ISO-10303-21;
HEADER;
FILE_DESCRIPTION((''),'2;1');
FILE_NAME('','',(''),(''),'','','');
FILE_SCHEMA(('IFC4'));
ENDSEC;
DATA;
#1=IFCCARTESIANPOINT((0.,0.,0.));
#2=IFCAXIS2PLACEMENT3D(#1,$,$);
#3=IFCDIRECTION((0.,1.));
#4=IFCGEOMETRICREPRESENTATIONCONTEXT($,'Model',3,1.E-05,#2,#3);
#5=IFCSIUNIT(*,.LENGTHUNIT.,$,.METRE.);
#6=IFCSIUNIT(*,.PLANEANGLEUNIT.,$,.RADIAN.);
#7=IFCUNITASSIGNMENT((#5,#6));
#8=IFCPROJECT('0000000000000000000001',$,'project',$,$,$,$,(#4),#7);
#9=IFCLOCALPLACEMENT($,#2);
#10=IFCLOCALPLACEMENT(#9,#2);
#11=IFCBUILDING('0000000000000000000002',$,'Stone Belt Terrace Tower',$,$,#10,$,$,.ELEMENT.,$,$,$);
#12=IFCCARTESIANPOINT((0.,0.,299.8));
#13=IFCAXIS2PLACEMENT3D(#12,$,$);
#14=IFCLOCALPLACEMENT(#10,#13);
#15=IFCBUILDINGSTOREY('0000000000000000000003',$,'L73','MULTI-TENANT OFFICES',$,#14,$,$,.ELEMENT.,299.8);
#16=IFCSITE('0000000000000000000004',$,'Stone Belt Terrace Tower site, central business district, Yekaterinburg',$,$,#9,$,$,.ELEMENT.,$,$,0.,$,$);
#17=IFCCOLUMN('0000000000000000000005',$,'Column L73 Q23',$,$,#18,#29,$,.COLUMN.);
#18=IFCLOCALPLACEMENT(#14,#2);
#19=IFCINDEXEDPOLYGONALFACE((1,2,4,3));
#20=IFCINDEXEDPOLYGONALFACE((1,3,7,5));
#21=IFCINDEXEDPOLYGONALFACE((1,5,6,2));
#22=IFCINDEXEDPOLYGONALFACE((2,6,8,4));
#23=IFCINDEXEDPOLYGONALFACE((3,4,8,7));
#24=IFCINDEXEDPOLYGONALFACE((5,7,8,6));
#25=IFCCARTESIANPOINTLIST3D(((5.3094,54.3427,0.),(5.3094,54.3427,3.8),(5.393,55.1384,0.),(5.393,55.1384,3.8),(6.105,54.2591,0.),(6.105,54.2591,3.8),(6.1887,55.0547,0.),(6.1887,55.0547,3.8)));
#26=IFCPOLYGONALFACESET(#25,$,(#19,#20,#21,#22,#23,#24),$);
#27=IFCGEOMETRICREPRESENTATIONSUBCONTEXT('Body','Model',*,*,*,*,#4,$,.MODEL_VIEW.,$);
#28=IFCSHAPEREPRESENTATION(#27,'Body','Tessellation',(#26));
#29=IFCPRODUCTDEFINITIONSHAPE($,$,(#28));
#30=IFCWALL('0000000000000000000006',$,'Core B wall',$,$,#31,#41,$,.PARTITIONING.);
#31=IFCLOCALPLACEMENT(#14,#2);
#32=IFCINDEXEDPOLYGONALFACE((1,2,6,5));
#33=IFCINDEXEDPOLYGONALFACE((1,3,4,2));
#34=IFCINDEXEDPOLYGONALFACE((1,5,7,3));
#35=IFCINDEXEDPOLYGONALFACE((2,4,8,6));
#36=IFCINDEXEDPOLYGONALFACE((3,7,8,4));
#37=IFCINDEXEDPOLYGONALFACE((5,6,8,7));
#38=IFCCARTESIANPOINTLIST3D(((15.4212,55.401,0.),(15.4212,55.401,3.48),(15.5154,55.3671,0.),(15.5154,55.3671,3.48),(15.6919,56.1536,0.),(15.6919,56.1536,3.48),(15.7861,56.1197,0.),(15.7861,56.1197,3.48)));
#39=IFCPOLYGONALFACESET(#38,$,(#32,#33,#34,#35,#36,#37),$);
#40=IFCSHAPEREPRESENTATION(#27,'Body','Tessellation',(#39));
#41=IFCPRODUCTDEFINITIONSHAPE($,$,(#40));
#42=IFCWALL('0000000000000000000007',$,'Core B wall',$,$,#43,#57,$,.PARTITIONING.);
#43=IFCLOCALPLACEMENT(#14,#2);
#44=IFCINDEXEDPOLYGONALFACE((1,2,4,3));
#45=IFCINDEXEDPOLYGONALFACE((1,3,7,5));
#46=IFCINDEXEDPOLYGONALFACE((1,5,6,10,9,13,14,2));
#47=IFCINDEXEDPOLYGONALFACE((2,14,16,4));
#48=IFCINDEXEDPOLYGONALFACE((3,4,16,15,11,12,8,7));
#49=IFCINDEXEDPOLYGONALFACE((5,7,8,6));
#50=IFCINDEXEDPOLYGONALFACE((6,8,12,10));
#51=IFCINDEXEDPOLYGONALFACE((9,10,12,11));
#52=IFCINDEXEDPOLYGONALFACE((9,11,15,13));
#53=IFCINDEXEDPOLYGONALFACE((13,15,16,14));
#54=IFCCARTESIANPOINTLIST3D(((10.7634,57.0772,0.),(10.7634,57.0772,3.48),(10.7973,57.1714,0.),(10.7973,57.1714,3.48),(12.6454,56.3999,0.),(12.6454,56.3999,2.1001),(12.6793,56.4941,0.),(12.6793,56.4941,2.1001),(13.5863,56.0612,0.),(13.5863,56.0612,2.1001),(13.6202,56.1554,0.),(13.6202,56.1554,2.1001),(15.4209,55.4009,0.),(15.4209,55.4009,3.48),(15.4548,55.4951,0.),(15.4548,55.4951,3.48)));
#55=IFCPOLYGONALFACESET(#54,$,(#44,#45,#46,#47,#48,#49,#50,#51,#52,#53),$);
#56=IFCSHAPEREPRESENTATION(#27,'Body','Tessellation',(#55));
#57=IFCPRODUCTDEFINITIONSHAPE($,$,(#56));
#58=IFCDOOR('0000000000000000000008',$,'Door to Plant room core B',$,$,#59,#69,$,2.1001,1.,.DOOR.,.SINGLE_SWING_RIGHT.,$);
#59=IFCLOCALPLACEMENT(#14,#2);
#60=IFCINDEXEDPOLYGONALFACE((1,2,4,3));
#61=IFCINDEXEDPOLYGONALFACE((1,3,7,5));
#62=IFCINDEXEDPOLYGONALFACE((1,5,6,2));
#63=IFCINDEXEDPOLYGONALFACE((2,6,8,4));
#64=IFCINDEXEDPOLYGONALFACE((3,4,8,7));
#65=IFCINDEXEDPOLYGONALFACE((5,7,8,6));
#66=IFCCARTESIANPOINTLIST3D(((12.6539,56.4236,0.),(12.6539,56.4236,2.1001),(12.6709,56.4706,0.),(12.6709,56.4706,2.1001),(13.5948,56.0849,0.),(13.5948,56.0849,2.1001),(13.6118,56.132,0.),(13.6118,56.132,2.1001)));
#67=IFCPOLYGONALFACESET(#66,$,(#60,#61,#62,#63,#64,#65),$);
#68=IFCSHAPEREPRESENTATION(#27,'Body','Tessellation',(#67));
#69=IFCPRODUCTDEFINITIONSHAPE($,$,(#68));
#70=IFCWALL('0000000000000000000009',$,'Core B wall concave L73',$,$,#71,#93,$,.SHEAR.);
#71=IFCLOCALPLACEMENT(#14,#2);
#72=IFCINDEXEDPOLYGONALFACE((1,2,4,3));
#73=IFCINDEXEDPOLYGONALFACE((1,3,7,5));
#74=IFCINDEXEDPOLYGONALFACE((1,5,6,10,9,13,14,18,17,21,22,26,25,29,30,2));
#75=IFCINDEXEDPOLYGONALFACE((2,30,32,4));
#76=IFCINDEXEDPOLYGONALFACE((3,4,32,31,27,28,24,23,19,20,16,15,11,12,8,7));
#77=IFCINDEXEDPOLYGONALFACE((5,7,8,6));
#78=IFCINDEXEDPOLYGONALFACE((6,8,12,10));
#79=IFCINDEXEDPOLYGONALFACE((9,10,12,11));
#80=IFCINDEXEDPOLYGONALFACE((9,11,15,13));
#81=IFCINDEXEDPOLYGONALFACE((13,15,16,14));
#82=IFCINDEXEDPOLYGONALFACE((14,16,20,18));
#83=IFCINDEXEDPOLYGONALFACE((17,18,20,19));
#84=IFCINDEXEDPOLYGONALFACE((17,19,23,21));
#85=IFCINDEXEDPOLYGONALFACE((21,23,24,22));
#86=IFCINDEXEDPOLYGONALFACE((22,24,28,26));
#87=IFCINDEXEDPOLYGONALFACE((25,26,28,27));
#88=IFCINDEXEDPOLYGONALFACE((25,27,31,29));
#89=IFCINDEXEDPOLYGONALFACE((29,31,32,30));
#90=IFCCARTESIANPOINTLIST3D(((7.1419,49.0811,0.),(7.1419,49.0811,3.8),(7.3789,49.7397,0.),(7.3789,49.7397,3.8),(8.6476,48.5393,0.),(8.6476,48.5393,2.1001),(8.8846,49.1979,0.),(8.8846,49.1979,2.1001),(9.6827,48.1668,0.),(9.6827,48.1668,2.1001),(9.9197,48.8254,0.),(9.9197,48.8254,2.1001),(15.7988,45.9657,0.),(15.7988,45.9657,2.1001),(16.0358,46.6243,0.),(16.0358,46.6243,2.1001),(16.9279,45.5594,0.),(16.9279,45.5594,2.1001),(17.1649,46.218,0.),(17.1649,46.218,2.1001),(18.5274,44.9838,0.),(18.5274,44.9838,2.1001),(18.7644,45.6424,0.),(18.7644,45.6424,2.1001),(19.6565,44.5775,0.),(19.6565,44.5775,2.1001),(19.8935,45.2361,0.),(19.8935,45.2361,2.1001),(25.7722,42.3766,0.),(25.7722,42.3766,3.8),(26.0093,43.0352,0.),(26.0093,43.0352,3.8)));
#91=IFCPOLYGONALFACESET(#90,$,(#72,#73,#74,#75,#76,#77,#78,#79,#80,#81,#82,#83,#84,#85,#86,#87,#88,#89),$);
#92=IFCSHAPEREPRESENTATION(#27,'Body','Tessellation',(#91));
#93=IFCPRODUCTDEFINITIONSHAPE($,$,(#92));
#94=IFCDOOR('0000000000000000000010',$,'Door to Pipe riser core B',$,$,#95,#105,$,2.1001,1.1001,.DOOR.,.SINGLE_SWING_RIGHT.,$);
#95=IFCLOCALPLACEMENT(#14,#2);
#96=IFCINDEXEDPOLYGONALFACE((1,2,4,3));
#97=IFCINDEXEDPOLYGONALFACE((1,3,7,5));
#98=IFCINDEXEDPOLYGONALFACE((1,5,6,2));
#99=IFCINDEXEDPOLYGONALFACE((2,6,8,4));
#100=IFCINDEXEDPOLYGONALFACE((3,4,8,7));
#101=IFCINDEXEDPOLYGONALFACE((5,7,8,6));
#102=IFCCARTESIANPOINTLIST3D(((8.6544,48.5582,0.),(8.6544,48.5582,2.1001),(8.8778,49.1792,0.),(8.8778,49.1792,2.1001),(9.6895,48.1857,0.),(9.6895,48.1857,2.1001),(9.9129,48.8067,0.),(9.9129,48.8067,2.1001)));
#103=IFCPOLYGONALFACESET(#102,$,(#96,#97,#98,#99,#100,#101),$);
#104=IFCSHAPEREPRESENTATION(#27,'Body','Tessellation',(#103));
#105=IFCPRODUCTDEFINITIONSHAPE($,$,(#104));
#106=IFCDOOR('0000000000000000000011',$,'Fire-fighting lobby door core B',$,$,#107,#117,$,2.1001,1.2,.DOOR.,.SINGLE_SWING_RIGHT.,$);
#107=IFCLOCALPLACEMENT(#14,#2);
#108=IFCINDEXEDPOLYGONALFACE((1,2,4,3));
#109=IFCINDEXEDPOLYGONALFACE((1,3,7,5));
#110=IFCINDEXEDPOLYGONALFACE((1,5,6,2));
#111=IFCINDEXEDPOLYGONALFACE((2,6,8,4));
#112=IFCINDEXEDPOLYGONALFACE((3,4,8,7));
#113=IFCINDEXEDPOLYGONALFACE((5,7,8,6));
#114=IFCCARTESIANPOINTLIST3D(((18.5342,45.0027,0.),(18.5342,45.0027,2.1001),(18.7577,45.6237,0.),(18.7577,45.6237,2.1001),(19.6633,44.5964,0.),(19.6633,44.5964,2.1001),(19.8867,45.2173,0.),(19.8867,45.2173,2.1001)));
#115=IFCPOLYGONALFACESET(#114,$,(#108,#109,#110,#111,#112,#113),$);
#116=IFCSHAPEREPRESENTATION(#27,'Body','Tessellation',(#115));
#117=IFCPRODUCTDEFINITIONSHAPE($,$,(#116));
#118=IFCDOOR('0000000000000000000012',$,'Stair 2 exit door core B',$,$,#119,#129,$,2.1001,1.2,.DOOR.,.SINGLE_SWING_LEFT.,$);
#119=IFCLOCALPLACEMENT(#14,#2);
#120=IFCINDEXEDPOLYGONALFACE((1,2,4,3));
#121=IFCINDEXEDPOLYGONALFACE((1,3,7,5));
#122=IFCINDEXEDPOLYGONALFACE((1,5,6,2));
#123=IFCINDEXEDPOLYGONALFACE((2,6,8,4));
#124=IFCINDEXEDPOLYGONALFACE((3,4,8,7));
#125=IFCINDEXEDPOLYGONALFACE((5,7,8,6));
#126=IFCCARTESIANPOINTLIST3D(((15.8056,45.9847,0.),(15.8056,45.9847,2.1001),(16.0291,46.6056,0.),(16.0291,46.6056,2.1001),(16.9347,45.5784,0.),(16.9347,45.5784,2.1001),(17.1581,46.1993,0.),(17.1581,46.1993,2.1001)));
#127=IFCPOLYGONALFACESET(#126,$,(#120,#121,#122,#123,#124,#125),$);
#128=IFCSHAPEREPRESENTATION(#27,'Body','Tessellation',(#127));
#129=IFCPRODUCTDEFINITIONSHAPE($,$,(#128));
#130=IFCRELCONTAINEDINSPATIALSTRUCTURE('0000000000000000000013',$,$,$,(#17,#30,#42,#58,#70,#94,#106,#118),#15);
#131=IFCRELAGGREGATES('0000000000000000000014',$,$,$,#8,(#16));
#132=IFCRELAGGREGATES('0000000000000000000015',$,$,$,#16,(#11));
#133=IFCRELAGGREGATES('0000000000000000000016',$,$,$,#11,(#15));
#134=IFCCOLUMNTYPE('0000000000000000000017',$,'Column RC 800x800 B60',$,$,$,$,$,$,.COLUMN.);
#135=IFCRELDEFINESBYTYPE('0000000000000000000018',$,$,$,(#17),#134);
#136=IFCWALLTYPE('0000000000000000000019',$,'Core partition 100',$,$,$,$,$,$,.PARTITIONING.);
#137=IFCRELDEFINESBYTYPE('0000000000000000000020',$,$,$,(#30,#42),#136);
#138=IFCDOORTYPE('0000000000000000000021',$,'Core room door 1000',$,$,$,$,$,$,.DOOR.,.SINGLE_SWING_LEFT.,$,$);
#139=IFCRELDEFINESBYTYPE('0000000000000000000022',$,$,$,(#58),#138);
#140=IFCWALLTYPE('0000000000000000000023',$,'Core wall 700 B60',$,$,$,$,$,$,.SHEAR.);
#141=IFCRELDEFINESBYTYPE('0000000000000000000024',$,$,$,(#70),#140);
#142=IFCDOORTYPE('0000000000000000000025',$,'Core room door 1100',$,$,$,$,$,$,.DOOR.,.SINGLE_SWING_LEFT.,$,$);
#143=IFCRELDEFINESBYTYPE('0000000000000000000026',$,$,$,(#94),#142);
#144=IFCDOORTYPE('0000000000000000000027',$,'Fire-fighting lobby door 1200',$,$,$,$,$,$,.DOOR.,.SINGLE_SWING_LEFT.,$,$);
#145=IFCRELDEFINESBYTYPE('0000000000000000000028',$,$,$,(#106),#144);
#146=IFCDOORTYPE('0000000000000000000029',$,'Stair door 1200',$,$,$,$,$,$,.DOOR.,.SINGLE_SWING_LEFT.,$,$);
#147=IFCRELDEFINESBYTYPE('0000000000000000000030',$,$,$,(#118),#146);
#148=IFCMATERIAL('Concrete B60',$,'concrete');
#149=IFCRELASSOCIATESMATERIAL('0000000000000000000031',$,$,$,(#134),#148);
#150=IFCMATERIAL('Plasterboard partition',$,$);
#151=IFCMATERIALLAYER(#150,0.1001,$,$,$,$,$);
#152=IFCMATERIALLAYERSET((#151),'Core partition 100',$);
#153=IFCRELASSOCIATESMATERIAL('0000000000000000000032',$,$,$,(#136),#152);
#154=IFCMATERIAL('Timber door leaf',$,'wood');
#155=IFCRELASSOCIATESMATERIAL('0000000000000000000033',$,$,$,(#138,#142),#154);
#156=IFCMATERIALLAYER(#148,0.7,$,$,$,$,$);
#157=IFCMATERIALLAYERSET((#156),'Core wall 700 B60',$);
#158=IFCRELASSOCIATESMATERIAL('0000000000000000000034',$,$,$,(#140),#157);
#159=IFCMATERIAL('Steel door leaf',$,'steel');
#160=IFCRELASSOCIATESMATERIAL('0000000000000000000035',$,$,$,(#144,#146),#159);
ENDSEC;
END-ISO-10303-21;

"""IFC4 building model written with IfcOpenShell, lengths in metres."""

from ifc_helpers import new_model, si_unit, direction, frame, frame_2d, origin, origin_2d, place, context, subcontext, project, spatial, rectangle, extrude, material, layer, layer_set, material_profile, profile_set, type_object, element, fill, save


model = new_model("IFC4")

# Units and contexts
model_context = context("Model", 3, precision=1e-05, world=origin(), true_north=direction((0.0, 1.0)))
body_context = subcontext(model_context, "Body", "Model", "MODEL_VIEW")
ifc_project = project(units=[si_unit("LENGTHUNIT", "METRE"), si_unit("PLANEANGLEUNIT", "RADIAN")], contexts=[model_context])

# Site, building, storey
site_placement = place(None, origin())
site = spatial("IfcSite", under=ifc_project, at=site_placement, Name="Stone Belt Terrace Tower site, central business district, Yekaterinburg", CompositionType="ELEMENT", RefElevation=0.0)
building_placement = place(site_placement, origin())
building = spatial("IfcBuilding", under=site, at=building_placement, Name="Stone Belt Terrace Tower", CompositionType="ELEMENT")
storey_placement = place(building_placement, frame((0.0, 0.0, 299.8)))
storey = spatial("IfcBuildingStorey", under=building, at=storey_placement, Name="L73", Description="MULTI-TENANT OFFICES", CompositionType="ELEMENT", Elevation=299.8)

# Column
ifc_material_1 = material(Name="Concrete B60", Category="concrete")
ifc_material_profile = material_profile(ifc_material_1, rectangle(XDim=0.8, YDim=0.8, at=origin_2d()), Name="RC 800x800")
ifc_profile_set = profile_set([ifc_material_profile], Name="Concrete B60")
column_type = type_object("IfcColumnType", Name="Column RC 800x800 B60", PredefinedType="COLUMN", material=ifc_profile_set)
column_placement = place(storey_placement, frame((5.749, 54.6987, 0.0), z_axis=(0.0, 0.0, 1.0), x_axis=(0.994522, -0.104528, 0.0)))
element("IfcColumn", 1, at=column_placement, inside=storey, type_object=column_type, Name="Column L73 Q23", PredefinedType="COLUMN", context=body_context, shape_type="SweptSolid", body=[
    extrude(rectangle(XDim=0.8, YDim=0.8, at=origin_2d()), origin(), (0.0, 0.0, 1.0), 3.8),
])

# Wall
ifc_material_2 = material(Name="Plasterboard partition")
ifc_layer_1 = layer(ifc_material_2, 0.1001)
ifc_layer_set_1 = layer_set([ifc_layer_1], Name="Core partition 100")
wall_type_1 = type_object("IfcWallType", Name="Core partition 100", PredefinedType="PARTITIONING", material=ifc_layer_set_1)
wall_1_placement = place(storey_placement, frame((15.4683, 55.384, 0.0), z_axis=(0.0, 0.0, 1.0), x_axis=(0.338482, 0.940973, 0.0)))
element("IfcWall", 2, at=wall_1_placement, inside=storey, type_object=wall_type_1, Name="Core B wall", PredefinedType="PARTITIONING", context=body_context, shape_type="SweptSolid", body=[
    extrude(rectangle(XDim=0.7998, YDim=0.1001, at=frame_2d((0.3999, 0.0))), origin(), (0.0, 0.0, 1.0), 3.48),
])

# Wall, opening, door
wall_2_placement = place(storey_placement, frame((15.438, 55.448, 0.0), z_axis=(0.0, 0.0, 1.0), x_axis=(-0.940914, 0.338644, 0.0)))
wall_2 = element("IfcWall", 3, at=wall_2_placement, inside=storey, type_object=wall_type_1, Name="Core B wall", PredefinedType="PARTITIONING", context=body_context, shape_type="SweptSolid", body=[
    extrude(rectangle(XDim=4.95, YDim=0.1001, at=frame_2d((2.4751, 0.0))), origin(), (0.0, 0.0, 1.0), 3.48),
])
opening_1_placement = place(wall_2_placement, frame((1.95, 0.0, 0.0)))
opening_1 = element("IfcOpeningElement", 4, at=opening_1_placement, cuts=wall_2, PredefinedType="OPENING", context=body_context, shape_type="SweptSolid", body=[
    extrude(rectangle(XDim=1.0, YDim=2.1001, at=frame_2d((0.5, 1.05))), frame((0.0, 0.0601, 0.0), z_axis=(0.0, -1.0, 0.0), x_axis=(1.0, 0.0, 0.0)), (0.0, 0.0, 1.0), 0.1201),
])
ifc_material_3 = material(Name="Timber door leaf", Category="wood")
door_type_1 = type_object("IfcDoorType", Name="Core room door 1000", OperationType="SINGLE_SWING_LEFT", PredefinedType="DOOR", material=ifc_material_3)
door_1_placement = place(opening_1_placement, origin())
door_1 = element("IfcDoor", 5, at=door_1_placement, inside=storey, type_object=door_type_1, Name="Door to Plant room core B", OperationType="SINGLE_SWING_RIGHT", OverallHeight=2.1001, OverallWidth=1.0, PredefinedType="DOOR", context=body_context, shape_type="SweptSolid", body=[
    extrude(rectangle(XDim=1.0, YDim=2.1001, at=frame_2d((0.5, 1.05))), frame((0.0, 0.0249, 0.0), z_axis=(0.0, -1.0, 0.0), x_axis=(1.0, 0.0, 0.0)), (0.0, 0.0, 1.0), 0.05),
])
fill(opening_1, door_1)

# Wall, openings, doors
ifc_layer_2 = layer(ifc_material_1, 0.7)
ifc_layer_set_2 = layer_set([ifc_layer_2], Name="Core wall 700 B60")
wall_type_2 = type_object("IfcWallType", Name="Core wall 700 B60", PredefinedType="SHEAR", material=ifc_layer_set_2)
wall_3_placement = place(storey_placement, frame((7.2605, 49.4104, 0.0), z_axis=(0.0, 0.0, 1.0), x_axis=(0.940925, -0.338615, 0.0)))
wall_3 = element("IfcWall", 6, at=wall_3_placement, inside=storey, type_object=wall_type_2, Name="Core B wall concave L73", PredefinedType="SHEAR", context=body_context, shape_type="SweptSolid", body=[
    extrude(rectangle(XDim=19.8, YDim=0.7, at=frame_2d((9.8999, 0.0))), origin(), (0.0, 0.0, 1.0), 3.8),
])
opening_2_placement = place(wall_3_placement, frame((12.1001, 0.0, 0.0)))
opening_2 = element("IfcOpeningElement", 7, at=opening_2_placement, cuts=wall_3, PredefinedType="OPENING", context=body_context, shape_type="SweptSolid", body=[
    extrude(rectangle(XDim=1.2, YDim=2.1001, at=frame_2d((0.6001, 1.05))), frame((0.0, 0.3599, 0.0), z_axis=(0.0, -1.0, 0.0), x_axis=(1.0, 0.0, 0.0)), (0.0, 0.0, 1.0), 0.72),
])
opening_3_placement = place(wall_3_placement, frame((9.2002, 0.0, 0.0)))
opening_3 = element("IfcOpeningElement", 8, at=opening_3_placement, cuts=wall_3, PredefinedType="OPENING", context=body_context, shape_type="SweptSolid", body=[
    extrude(rectangle(XDim=1.2, YDim=2.1001, at=frame_2d((0.6001, 1.05))), frame((0.0, 0.3599, 0.0), z_axis=(0.0, -1.0, 0.0), x_axis=(1.0, 0.0, 0.0)), (0.0, 0.0, 1.0), 0.72),
])
opening_4_placement = place(wall_3_placement, frame((1.6001, 0.0, 0.0)))
opening_4 = element("IfcOpeningElement", 9, at=opening_4_placement, cuts=wall_3, PredefinedType="OPENING", context=body_context, shape_type="SweptSolid", body=[
    extrude(rectangle(XDim=1.1001, YDim=2.1001, at=frame_2d((0.55, 1.05))), frame((0.0, 0.3599, 0.0), z_axis=(0.0, -1.0, 0.0), x_axis=(1.0, 0.0, 0.0)), (0.0, 0.0, 1.0), 0.72),
])
door_type_2 = type_object("IfcDoorType", Name="Core room door 1100", OperationType="SINGLE_SWING_LEFT", PredefinedType="DOOR", material=ifc_material_3)
door_2_placement = place(opening_4_placement, origin())
door_2 = element("IfcDoor", 10, at=door_2_placement, inside=storey, type_object=door_type_2, Name="Door to Pipe riser core B", OperationType="SINGLE_SWING_RIGHT", OverallHeight=2.1001, OverallWidth=1.1001, PredefinedType="DOOR", context=body_context, shape_type="SweptSolid", body=[
    extrude(rectangle(XDim=1.1001, YDim=2.1001, at=frame_2d((0.55, 1.05))), frame((0.0, 0.3301, 0.0), z_axis=(0.0, -1.0, 0.0), x_axis=(1.0, 0.0, 0.0)), (0.0, 0.0, 1.0), 0.6599),
])
fill(opening_4, door_2)
ifc_material_4 = material(Name="Steel door leaf", Category="steel")
door_type_3 = type_object("IfcDoorType", Name="Fire-fighting lobby door 1200", OperationType="SINGLE_SWING_LEFT", PredefinedType="DOOR", material=ifc_material_4)
door_3_placement = place(opening_2_placement, origin())
door_3 = element("IfcDoor", 11, at=door_3_placement, inside=storey, type_object=door_type_3, Name="Fire-fighting lobby door core B", OperationType="SINGLE_SWING_RIGHT", OverallHeight=2.1001, OverallWidth=1.2, PredefinedType="DOOR", context=body_context, shape_type="SweptSolid", body=[
    extrude(rectangle(XDim=1.2, YDim=2.1001, at=frame_2d((0.6001, 1.05))), frame((0.0, 0.3301, 0.0), z_axis=(0.0, -1.0, 0.0), x_axis=(1.0, 0.0, 0.0)), (0.0, 0.0, 1.0), 0.6599),
])
fill(opening_2, door_3)
door_type_4 = type_object("IfcDoorType", Name="Stair door 1200", OperationType="SINGLE_SWING_LEFT", PredefinedType="DOOR", material=ifc_material_4)
door_4_placement = place(opening_3_placement, origin())
door_4 = element("IfcDoor", 12, at=door_4_placement, inside=storey, type_object=door_type_4, Name="Stair 2 exit door core B", OperationType="SINGLE_SWING_LEFT", OverallHeight=2.1001, OverallWidth=1.2, PredefinedType="DOOR", context=body_context, shape_type="SweptSolid", body=[
    extrude(rectangle(XDim=1.2, YDim=2.1001, at=frame_2d((0.6001, 1.05))), frame((0.0, 0.3301, 0.0), z_axis=(0.0, -1.0, 0.0), x_axis=(1.0, 0.0, 0.0)), (0.0, 0.0, 1.0), 0.6599),
])
fill(opening_3, door_4)

save(model, "model.ifc")
